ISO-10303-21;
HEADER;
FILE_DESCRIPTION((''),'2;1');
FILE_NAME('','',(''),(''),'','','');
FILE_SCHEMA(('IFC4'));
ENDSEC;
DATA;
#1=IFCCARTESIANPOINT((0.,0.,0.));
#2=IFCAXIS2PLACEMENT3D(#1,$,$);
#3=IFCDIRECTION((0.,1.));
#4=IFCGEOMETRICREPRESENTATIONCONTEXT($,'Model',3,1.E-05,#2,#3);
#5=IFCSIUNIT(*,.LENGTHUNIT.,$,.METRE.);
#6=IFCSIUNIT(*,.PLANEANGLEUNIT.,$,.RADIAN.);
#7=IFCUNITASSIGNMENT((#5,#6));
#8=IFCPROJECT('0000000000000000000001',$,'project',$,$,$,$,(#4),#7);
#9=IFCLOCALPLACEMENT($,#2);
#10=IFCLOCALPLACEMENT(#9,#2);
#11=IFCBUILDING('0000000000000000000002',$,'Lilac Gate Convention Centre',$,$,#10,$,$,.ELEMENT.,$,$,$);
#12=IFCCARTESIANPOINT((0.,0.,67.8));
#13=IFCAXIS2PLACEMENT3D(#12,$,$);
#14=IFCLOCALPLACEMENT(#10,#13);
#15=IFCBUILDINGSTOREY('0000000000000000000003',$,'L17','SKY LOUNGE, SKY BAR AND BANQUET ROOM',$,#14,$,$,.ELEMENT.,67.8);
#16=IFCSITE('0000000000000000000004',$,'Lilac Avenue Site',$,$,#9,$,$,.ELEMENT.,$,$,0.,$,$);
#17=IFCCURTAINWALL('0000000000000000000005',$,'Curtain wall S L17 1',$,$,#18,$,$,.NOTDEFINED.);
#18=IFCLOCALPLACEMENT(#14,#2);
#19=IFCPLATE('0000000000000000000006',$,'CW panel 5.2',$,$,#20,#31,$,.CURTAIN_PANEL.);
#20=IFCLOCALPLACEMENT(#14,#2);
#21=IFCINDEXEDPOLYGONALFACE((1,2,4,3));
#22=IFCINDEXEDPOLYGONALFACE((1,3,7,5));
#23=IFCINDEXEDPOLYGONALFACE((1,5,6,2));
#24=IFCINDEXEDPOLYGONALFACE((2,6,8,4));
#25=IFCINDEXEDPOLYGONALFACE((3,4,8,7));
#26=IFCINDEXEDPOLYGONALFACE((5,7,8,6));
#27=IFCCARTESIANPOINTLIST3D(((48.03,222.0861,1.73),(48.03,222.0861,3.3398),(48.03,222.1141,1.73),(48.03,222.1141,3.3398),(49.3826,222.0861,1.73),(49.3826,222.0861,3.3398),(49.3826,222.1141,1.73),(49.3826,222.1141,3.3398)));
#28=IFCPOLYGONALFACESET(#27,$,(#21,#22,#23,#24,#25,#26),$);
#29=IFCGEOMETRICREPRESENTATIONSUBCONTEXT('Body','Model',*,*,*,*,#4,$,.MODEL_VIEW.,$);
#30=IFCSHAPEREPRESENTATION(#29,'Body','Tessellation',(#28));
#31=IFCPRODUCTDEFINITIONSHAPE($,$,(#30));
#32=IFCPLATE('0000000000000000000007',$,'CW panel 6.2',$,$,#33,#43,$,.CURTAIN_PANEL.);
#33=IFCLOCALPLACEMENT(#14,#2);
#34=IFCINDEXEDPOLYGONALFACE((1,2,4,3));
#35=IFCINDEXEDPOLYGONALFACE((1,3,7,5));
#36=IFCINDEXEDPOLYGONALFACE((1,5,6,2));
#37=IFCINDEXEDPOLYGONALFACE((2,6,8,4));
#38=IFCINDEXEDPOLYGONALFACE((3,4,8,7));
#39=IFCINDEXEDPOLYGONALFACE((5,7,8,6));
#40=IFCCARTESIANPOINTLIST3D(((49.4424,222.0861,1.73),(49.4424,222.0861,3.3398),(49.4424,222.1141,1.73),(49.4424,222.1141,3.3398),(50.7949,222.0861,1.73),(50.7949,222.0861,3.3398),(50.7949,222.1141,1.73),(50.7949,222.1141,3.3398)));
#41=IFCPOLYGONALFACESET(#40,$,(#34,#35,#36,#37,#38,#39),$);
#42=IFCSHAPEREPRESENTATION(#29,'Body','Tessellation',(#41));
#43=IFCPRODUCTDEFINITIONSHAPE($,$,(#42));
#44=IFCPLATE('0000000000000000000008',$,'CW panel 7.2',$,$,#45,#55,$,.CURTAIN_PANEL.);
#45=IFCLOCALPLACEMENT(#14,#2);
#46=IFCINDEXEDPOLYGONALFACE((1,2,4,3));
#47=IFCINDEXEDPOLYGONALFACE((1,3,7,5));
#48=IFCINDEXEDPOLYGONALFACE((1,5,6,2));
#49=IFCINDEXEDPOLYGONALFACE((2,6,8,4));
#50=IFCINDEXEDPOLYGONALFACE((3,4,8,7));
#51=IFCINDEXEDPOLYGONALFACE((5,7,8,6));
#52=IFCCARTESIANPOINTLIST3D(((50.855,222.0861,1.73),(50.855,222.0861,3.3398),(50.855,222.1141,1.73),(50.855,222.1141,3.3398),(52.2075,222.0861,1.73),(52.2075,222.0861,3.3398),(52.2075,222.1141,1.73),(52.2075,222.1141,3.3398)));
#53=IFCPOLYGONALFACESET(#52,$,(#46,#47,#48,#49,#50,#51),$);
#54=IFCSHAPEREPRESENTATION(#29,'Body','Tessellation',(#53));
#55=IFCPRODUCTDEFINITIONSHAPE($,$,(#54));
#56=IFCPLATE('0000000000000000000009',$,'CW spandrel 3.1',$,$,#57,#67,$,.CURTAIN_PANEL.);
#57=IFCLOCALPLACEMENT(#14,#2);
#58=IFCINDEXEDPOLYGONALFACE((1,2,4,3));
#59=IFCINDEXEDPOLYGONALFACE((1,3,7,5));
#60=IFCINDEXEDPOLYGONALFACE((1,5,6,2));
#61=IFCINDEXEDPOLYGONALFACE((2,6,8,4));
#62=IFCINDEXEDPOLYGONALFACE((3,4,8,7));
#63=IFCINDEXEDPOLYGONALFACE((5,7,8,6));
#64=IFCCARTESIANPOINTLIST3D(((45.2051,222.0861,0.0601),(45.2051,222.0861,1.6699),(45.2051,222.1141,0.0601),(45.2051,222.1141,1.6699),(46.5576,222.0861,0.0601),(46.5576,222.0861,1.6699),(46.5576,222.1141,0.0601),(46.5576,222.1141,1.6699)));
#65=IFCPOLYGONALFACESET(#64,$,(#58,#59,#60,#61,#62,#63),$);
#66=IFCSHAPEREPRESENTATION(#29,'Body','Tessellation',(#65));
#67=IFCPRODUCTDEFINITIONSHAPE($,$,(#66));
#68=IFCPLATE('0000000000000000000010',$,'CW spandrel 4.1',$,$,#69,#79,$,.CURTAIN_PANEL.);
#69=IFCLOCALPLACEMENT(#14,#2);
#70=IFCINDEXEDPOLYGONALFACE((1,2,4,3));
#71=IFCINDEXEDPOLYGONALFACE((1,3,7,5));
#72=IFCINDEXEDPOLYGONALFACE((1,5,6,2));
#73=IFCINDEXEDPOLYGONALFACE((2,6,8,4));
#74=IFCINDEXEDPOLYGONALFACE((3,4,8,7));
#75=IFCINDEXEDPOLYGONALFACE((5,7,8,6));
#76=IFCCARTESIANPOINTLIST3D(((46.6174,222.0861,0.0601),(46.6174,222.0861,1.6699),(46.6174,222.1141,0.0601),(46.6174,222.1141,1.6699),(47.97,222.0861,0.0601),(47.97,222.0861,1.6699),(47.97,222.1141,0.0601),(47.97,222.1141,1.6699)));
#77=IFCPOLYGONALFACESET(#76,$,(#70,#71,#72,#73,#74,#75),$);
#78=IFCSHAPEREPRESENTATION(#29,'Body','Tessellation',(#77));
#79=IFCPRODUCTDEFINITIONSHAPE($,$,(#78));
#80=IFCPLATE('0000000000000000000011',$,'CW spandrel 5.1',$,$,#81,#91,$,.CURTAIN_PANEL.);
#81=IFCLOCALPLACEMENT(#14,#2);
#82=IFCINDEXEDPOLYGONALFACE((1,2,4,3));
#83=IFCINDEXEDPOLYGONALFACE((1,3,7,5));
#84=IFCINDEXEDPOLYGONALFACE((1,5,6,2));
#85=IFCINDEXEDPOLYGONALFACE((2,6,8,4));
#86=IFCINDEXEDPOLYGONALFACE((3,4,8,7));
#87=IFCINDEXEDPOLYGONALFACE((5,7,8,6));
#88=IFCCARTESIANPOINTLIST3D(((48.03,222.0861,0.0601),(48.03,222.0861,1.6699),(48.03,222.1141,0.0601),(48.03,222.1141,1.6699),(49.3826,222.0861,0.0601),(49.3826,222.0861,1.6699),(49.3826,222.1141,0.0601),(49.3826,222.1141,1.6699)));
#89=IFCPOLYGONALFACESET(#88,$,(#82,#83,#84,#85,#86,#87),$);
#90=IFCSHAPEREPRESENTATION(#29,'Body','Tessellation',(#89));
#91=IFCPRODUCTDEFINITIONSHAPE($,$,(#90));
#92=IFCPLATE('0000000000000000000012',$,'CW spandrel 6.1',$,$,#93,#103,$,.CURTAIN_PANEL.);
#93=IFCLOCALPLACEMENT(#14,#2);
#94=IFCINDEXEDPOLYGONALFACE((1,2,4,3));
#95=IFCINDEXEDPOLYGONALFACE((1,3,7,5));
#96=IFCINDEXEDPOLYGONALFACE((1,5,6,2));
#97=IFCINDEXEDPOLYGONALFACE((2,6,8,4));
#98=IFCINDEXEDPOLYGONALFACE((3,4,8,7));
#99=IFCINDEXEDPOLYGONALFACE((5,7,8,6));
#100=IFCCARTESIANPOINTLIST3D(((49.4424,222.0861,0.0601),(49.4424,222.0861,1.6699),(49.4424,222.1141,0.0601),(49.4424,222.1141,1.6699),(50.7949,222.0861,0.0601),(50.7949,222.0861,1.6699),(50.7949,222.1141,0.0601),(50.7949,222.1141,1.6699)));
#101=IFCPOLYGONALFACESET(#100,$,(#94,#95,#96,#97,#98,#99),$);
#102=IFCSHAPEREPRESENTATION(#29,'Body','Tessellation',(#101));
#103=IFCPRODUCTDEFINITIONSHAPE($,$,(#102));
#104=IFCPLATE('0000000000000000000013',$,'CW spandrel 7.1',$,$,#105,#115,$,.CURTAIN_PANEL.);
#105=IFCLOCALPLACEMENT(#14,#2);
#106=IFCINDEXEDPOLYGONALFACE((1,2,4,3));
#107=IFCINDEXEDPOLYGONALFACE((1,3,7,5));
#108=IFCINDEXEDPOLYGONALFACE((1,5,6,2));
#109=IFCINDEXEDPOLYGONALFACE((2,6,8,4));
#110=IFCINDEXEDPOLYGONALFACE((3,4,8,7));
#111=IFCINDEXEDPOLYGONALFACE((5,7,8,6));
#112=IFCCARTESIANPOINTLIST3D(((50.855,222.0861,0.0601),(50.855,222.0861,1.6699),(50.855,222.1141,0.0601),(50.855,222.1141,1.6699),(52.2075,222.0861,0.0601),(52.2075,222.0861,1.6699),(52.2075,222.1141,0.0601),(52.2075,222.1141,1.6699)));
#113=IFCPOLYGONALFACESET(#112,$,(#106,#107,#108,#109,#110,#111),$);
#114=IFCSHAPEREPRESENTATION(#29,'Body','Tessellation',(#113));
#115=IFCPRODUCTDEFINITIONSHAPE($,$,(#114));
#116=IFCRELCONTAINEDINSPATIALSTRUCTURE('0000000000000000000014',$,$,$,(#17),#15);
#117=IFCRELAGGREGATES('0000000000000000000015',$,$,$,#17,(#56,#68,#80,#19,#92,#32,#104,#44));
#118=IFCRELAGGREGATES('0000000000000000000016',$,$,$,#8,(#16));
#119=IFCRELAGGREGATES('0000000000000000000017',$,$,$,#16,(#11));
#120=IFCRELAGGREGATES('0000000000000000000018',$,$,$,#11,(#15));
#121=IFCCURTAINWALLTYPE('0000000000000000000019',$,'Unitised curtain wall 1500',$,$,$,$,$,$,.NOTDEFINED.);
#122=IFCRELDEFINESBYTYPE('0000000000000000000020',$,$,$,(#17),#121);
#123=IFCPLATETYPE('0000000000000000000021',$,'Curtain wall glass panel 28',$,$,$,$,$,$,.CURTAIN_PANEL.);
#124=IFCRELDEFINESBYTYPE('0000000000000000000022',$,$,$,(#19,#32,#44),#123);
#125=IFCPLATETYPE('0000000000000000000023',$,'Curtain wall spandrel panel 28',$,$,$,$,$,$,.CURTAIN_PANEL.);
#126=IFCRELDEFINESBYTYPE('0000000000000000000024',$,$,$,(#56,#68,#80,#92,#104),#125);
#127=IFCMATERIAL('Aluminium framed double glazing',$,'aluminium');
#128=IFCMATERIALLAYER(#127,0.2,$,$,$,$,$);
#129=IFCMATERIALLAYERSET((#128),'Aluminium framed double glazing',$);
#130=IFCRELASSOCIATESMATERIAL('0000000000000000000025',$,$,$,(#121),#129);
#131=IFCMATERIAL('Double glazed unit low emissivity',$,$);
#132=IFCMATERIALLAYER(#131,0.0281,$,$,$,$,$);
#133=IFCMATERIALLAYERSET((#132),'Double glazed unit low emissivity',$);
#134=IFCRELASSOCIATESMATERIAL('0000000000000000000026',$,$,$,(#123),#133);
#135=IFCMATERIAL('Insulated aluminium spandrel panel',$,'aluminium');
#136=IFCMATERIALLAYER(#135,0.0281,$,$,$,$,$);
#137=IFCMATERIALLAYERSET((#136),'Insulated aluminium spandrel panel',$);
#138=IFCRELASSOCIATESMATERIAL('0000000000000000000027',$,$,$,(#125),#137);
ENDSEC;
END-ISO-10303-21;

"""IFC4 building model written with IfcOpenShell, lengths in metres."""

from ifc_helpers import new_model, si_unit, direction, frame, origin, origin_2d, place, context, subcontext, project, spatial, rectangle, extrude, material, layer, layer_set, type_object, element, aggregate, save


model = new_model("IFC4")

# Units and contexts
model_context = context("Model", 3, precision=1e-05, world=origin(), true_north=direction((0.0, 1.0)))
body_context = subcontext(model_context, "Body", "Model", "MODEL_VIEW")
ifc_project = project(units=[si_unit("LENGTHUNIT", "METRE"), si_unit("PLANEANGLEUNIT", "RADIAN")], contexts=[model_context])

# Site, building, storey
site_placement = place(None, origin())
site = spatial("IfcSite", under=ifc_project, at=site_placement, Name="Lilac Avenue Site", CompositionType="ELEMENT", RefElevation=0.0)
building_placement = place(site_placement, origin())
building = spatial("IfcBuilding", under=site, at=building_placement, Name="Lilac Gate Convention Centre", CompositionType="ELEMENT")
storey_placement = place(building_placement, frame((0.0, 0.0, 67.8)))
storey = spatial("IfcBuildingStorey", under=building, at=storey_placement, Name="L17", Description="SKY LOUNGE, SKY BAR AND BANQUET ROOM", CompositionType="ELEMENT", Elevation=67.8)

# Curtain wall, plates
ifc_material_1 = material(Name="Aluminium framed double glazing", Category="aluminium")
ifc_layer_1 = layer(ifc_material_1, 0.2)
ifc_layer_set_1 = layer_set([ifc_layer_1], Name="Aluminium framed double glazing")
curtain_wall_type = type_object("IfcCurtainWallType", Name="Unitised curtain wall 1500", PredefinedType="NOTDEFINED", material=ifc_layer_set_1)
curtain_wall_placement = place(storey_placement, origin())
curtain_wall = element("IfcCurtainWall", 1, at=curtain_wall_placement, inside=storey, type_object=curtain_wall_type, Name="Curtain wall S L17 1", PredefinedType="NOTDEFINED")
ifc_material_2 = material(Name="Double glazed unit low emissivity")
ifc_layer_2 = layer(ifc_material_2, 0.0281)
ifc_layer_set_2 = layer_set([ifc_layer_2], Name="Double glazed unit low emissivity")
plate_type_1 = type_object("IfcPlateType", Name="Curtain wall glass panel 28", PredefinedType="CURTAIN_PANEL", material=ifc_layer_set_2)
plate_1_placement = place(storey_placement, frame((48.7063, 222.1001, 1.73), z_axis=(0.0, 0.0, 1.0), x_axis=(1.0, 0.0, 0.0)))
plate_1 = element("IfcPlate", 2, at=plate_1_placement, type_object=plate_type_1, Name="CW panel 5.2", PredefinedType="CURTAIN_PANEL", context=body_context, shape_type="SweptSolid", body=[
    extrude(rectangle(XDim=1.3525, YDim=0.0281, at=origin_2d()), origin(), (0.0, 0.0, 1.0), 1.6099),
])
plate_2_placement = place(storey_placement, frame((50.1187, 222.1001, 1.73), z_axis=(0.0, 0.0, 1.0), x_axis=(1.0, 0.0, 0.0)))
plate_2 = element("IfcPlate", 3, at=plate_2_placement, type_object=plate_type_1, Name="CW panel 6.2", PredefinedType="CURTAIN_PANEL", context=body_context, shape_type="SweptSolid", body=[
    extrude(rectangle(XDim=1.3525, YDim=0.0281, at=origin_2d()), origin(), (0.0, 0.0, 1.0), 1.6099),
])
plate_3_placement = place(storey_placement, frame((51.5312, 222.1001, 1.73), z_axis=(0.0, 0.0, 1.0), x_axis=(1.0, 0.0, 0.0)))
plate_3 = element("IfcPlate", 4, at=plate_3_placement, type_object=plate_type_1, Name="CW panel 7.2", PredefinedType="CURTAIN_PANEL", context=body_context, shape_type="SweptSolid", body=[
    extrude(rectangle(XDim=1.3525, YDim=0.0281, at=origin_2d()), origin(), (0.0, 0.0, 1.0), 1.6099),
])
ifc_material_3 = material(Name="Insulated aluminium spandrel panel", Category="aluminium")
ifc_layer_3 = layer(ifc_material_3, 0.0281)
ifc_layer_set_3 = layer_set([ifc_layer_3], Name="Insulated aluminium spandrel panel")
plate_type_2 = type_object("IfcPlateType", Name="Curtain wall spandrel panel 28", PredefinedType="CURTAIN_PANEL", material=ifc_layer_set_3)
plate_4_placement = place(storey_placement, frame((45.8813, 222.1001, 0.0601), z_axis=(0.0, 0.0, 1.0), x_axis=(1.0, 0.0, 0.0)))
plate_4 = element("IfcPlate", 5, at=plate_4_placement, type_object=plate_type_2, Name="CW spandrel 3.1", PredefinedType="CURTAIN_PANEL", context=body_context, shape_type="SweptSolid", body=[
    extrude(rectangle(XDim=1.3525, YDim=0.0281, at=origin_2d()), origin(), (0.0, 0.0, 1.0), 1.6099),
])
plate_5_placement = place(storey_placement, frame((47.2937, 222.1001, 0.0601), z_axis=(0.0, 0.0, 1.0), x_axis=(1.0, 0.0, 0.0)))
plate_5 = element("IfcPlate", 6, at=plate_5_placement, type_object=plate_type_2, Name="CW spandrel 4.1", PredefinedType="CURTAIN_PANEL", context=body_context, shape_type="SweptSolid", body=[
    extrude(rectangle(XDim=1.3525, YDim=0.0281, at=origin_2d()), origin(), (0.0, 0.0, 1.0), 1.6099),
])
plate_6_placement = place(storey_placement, frame((48.7063, 222.1001, 0.0601), z_axis=(0.0, 0.0, 1.0), x_axis=(1.0, 0.0, 0.0)))
plate_6 = element("IfcPlate", 7, at=plate_6_placement, type_object=plate_type_2, Name="CW spandrel 5.1", PredefinedType="CURTAIN_PANEL", context=body_context, shape_type="SweptSolid", body=[
    extrude(rectangle(XDim=1.3525, YDim=0.0281, at=origin_2d()), origin(), (0.0, 0.0, 1.0), 1.6099),
])
plate_7_placement = place(storey_placement, frame((50.1187, 222.1001, 0.0601), z_axis=(0.0, 0.0, 1.0), x_axis=(1.0, 0.0, 0.0)))
plate_7 = element("IfcPlate", 8, at=plate_7_placement, type_object=plate_type_2, Name="CW spandrel 6.1", PredefinedType="CURTAIN_PANEL", context=body_context, shape_type="SweptSolid", body=[
    extrude(rectangle(XDim=1.3525, YDim=0.0281, at=origin_2d()), origin(), (0.0, 0.0, 1.0), 1.6099),
])
plate_8_placement = place(storey_placement, frame((51.5312, 222.1001, 0.0601), z_axis=(0.0, 0.0, 1.0), x_axis=(1.0, 0.0, 0.0)))
plate_8 = element("IfcPlate", 9, at=plate_8_placement, type_object=plate_type_2, Name="CW spandrel 7.1", PredefinedType="CURTAIN_PANEL", context=body_context, shape_type="SweptSolid", body=[
    extrude(rectangle(XDim=1.3525, YDim=0.0281, at=origin_2d()), origin(), (0.0, 0.0, 1.0), 1.6099),
])
aggregate(curtain_wall, [plate_4, plate_5, plate_6, plate_1, plate_7, plate_2, plate_8, plate_3])

save(model, "model.ifc")
